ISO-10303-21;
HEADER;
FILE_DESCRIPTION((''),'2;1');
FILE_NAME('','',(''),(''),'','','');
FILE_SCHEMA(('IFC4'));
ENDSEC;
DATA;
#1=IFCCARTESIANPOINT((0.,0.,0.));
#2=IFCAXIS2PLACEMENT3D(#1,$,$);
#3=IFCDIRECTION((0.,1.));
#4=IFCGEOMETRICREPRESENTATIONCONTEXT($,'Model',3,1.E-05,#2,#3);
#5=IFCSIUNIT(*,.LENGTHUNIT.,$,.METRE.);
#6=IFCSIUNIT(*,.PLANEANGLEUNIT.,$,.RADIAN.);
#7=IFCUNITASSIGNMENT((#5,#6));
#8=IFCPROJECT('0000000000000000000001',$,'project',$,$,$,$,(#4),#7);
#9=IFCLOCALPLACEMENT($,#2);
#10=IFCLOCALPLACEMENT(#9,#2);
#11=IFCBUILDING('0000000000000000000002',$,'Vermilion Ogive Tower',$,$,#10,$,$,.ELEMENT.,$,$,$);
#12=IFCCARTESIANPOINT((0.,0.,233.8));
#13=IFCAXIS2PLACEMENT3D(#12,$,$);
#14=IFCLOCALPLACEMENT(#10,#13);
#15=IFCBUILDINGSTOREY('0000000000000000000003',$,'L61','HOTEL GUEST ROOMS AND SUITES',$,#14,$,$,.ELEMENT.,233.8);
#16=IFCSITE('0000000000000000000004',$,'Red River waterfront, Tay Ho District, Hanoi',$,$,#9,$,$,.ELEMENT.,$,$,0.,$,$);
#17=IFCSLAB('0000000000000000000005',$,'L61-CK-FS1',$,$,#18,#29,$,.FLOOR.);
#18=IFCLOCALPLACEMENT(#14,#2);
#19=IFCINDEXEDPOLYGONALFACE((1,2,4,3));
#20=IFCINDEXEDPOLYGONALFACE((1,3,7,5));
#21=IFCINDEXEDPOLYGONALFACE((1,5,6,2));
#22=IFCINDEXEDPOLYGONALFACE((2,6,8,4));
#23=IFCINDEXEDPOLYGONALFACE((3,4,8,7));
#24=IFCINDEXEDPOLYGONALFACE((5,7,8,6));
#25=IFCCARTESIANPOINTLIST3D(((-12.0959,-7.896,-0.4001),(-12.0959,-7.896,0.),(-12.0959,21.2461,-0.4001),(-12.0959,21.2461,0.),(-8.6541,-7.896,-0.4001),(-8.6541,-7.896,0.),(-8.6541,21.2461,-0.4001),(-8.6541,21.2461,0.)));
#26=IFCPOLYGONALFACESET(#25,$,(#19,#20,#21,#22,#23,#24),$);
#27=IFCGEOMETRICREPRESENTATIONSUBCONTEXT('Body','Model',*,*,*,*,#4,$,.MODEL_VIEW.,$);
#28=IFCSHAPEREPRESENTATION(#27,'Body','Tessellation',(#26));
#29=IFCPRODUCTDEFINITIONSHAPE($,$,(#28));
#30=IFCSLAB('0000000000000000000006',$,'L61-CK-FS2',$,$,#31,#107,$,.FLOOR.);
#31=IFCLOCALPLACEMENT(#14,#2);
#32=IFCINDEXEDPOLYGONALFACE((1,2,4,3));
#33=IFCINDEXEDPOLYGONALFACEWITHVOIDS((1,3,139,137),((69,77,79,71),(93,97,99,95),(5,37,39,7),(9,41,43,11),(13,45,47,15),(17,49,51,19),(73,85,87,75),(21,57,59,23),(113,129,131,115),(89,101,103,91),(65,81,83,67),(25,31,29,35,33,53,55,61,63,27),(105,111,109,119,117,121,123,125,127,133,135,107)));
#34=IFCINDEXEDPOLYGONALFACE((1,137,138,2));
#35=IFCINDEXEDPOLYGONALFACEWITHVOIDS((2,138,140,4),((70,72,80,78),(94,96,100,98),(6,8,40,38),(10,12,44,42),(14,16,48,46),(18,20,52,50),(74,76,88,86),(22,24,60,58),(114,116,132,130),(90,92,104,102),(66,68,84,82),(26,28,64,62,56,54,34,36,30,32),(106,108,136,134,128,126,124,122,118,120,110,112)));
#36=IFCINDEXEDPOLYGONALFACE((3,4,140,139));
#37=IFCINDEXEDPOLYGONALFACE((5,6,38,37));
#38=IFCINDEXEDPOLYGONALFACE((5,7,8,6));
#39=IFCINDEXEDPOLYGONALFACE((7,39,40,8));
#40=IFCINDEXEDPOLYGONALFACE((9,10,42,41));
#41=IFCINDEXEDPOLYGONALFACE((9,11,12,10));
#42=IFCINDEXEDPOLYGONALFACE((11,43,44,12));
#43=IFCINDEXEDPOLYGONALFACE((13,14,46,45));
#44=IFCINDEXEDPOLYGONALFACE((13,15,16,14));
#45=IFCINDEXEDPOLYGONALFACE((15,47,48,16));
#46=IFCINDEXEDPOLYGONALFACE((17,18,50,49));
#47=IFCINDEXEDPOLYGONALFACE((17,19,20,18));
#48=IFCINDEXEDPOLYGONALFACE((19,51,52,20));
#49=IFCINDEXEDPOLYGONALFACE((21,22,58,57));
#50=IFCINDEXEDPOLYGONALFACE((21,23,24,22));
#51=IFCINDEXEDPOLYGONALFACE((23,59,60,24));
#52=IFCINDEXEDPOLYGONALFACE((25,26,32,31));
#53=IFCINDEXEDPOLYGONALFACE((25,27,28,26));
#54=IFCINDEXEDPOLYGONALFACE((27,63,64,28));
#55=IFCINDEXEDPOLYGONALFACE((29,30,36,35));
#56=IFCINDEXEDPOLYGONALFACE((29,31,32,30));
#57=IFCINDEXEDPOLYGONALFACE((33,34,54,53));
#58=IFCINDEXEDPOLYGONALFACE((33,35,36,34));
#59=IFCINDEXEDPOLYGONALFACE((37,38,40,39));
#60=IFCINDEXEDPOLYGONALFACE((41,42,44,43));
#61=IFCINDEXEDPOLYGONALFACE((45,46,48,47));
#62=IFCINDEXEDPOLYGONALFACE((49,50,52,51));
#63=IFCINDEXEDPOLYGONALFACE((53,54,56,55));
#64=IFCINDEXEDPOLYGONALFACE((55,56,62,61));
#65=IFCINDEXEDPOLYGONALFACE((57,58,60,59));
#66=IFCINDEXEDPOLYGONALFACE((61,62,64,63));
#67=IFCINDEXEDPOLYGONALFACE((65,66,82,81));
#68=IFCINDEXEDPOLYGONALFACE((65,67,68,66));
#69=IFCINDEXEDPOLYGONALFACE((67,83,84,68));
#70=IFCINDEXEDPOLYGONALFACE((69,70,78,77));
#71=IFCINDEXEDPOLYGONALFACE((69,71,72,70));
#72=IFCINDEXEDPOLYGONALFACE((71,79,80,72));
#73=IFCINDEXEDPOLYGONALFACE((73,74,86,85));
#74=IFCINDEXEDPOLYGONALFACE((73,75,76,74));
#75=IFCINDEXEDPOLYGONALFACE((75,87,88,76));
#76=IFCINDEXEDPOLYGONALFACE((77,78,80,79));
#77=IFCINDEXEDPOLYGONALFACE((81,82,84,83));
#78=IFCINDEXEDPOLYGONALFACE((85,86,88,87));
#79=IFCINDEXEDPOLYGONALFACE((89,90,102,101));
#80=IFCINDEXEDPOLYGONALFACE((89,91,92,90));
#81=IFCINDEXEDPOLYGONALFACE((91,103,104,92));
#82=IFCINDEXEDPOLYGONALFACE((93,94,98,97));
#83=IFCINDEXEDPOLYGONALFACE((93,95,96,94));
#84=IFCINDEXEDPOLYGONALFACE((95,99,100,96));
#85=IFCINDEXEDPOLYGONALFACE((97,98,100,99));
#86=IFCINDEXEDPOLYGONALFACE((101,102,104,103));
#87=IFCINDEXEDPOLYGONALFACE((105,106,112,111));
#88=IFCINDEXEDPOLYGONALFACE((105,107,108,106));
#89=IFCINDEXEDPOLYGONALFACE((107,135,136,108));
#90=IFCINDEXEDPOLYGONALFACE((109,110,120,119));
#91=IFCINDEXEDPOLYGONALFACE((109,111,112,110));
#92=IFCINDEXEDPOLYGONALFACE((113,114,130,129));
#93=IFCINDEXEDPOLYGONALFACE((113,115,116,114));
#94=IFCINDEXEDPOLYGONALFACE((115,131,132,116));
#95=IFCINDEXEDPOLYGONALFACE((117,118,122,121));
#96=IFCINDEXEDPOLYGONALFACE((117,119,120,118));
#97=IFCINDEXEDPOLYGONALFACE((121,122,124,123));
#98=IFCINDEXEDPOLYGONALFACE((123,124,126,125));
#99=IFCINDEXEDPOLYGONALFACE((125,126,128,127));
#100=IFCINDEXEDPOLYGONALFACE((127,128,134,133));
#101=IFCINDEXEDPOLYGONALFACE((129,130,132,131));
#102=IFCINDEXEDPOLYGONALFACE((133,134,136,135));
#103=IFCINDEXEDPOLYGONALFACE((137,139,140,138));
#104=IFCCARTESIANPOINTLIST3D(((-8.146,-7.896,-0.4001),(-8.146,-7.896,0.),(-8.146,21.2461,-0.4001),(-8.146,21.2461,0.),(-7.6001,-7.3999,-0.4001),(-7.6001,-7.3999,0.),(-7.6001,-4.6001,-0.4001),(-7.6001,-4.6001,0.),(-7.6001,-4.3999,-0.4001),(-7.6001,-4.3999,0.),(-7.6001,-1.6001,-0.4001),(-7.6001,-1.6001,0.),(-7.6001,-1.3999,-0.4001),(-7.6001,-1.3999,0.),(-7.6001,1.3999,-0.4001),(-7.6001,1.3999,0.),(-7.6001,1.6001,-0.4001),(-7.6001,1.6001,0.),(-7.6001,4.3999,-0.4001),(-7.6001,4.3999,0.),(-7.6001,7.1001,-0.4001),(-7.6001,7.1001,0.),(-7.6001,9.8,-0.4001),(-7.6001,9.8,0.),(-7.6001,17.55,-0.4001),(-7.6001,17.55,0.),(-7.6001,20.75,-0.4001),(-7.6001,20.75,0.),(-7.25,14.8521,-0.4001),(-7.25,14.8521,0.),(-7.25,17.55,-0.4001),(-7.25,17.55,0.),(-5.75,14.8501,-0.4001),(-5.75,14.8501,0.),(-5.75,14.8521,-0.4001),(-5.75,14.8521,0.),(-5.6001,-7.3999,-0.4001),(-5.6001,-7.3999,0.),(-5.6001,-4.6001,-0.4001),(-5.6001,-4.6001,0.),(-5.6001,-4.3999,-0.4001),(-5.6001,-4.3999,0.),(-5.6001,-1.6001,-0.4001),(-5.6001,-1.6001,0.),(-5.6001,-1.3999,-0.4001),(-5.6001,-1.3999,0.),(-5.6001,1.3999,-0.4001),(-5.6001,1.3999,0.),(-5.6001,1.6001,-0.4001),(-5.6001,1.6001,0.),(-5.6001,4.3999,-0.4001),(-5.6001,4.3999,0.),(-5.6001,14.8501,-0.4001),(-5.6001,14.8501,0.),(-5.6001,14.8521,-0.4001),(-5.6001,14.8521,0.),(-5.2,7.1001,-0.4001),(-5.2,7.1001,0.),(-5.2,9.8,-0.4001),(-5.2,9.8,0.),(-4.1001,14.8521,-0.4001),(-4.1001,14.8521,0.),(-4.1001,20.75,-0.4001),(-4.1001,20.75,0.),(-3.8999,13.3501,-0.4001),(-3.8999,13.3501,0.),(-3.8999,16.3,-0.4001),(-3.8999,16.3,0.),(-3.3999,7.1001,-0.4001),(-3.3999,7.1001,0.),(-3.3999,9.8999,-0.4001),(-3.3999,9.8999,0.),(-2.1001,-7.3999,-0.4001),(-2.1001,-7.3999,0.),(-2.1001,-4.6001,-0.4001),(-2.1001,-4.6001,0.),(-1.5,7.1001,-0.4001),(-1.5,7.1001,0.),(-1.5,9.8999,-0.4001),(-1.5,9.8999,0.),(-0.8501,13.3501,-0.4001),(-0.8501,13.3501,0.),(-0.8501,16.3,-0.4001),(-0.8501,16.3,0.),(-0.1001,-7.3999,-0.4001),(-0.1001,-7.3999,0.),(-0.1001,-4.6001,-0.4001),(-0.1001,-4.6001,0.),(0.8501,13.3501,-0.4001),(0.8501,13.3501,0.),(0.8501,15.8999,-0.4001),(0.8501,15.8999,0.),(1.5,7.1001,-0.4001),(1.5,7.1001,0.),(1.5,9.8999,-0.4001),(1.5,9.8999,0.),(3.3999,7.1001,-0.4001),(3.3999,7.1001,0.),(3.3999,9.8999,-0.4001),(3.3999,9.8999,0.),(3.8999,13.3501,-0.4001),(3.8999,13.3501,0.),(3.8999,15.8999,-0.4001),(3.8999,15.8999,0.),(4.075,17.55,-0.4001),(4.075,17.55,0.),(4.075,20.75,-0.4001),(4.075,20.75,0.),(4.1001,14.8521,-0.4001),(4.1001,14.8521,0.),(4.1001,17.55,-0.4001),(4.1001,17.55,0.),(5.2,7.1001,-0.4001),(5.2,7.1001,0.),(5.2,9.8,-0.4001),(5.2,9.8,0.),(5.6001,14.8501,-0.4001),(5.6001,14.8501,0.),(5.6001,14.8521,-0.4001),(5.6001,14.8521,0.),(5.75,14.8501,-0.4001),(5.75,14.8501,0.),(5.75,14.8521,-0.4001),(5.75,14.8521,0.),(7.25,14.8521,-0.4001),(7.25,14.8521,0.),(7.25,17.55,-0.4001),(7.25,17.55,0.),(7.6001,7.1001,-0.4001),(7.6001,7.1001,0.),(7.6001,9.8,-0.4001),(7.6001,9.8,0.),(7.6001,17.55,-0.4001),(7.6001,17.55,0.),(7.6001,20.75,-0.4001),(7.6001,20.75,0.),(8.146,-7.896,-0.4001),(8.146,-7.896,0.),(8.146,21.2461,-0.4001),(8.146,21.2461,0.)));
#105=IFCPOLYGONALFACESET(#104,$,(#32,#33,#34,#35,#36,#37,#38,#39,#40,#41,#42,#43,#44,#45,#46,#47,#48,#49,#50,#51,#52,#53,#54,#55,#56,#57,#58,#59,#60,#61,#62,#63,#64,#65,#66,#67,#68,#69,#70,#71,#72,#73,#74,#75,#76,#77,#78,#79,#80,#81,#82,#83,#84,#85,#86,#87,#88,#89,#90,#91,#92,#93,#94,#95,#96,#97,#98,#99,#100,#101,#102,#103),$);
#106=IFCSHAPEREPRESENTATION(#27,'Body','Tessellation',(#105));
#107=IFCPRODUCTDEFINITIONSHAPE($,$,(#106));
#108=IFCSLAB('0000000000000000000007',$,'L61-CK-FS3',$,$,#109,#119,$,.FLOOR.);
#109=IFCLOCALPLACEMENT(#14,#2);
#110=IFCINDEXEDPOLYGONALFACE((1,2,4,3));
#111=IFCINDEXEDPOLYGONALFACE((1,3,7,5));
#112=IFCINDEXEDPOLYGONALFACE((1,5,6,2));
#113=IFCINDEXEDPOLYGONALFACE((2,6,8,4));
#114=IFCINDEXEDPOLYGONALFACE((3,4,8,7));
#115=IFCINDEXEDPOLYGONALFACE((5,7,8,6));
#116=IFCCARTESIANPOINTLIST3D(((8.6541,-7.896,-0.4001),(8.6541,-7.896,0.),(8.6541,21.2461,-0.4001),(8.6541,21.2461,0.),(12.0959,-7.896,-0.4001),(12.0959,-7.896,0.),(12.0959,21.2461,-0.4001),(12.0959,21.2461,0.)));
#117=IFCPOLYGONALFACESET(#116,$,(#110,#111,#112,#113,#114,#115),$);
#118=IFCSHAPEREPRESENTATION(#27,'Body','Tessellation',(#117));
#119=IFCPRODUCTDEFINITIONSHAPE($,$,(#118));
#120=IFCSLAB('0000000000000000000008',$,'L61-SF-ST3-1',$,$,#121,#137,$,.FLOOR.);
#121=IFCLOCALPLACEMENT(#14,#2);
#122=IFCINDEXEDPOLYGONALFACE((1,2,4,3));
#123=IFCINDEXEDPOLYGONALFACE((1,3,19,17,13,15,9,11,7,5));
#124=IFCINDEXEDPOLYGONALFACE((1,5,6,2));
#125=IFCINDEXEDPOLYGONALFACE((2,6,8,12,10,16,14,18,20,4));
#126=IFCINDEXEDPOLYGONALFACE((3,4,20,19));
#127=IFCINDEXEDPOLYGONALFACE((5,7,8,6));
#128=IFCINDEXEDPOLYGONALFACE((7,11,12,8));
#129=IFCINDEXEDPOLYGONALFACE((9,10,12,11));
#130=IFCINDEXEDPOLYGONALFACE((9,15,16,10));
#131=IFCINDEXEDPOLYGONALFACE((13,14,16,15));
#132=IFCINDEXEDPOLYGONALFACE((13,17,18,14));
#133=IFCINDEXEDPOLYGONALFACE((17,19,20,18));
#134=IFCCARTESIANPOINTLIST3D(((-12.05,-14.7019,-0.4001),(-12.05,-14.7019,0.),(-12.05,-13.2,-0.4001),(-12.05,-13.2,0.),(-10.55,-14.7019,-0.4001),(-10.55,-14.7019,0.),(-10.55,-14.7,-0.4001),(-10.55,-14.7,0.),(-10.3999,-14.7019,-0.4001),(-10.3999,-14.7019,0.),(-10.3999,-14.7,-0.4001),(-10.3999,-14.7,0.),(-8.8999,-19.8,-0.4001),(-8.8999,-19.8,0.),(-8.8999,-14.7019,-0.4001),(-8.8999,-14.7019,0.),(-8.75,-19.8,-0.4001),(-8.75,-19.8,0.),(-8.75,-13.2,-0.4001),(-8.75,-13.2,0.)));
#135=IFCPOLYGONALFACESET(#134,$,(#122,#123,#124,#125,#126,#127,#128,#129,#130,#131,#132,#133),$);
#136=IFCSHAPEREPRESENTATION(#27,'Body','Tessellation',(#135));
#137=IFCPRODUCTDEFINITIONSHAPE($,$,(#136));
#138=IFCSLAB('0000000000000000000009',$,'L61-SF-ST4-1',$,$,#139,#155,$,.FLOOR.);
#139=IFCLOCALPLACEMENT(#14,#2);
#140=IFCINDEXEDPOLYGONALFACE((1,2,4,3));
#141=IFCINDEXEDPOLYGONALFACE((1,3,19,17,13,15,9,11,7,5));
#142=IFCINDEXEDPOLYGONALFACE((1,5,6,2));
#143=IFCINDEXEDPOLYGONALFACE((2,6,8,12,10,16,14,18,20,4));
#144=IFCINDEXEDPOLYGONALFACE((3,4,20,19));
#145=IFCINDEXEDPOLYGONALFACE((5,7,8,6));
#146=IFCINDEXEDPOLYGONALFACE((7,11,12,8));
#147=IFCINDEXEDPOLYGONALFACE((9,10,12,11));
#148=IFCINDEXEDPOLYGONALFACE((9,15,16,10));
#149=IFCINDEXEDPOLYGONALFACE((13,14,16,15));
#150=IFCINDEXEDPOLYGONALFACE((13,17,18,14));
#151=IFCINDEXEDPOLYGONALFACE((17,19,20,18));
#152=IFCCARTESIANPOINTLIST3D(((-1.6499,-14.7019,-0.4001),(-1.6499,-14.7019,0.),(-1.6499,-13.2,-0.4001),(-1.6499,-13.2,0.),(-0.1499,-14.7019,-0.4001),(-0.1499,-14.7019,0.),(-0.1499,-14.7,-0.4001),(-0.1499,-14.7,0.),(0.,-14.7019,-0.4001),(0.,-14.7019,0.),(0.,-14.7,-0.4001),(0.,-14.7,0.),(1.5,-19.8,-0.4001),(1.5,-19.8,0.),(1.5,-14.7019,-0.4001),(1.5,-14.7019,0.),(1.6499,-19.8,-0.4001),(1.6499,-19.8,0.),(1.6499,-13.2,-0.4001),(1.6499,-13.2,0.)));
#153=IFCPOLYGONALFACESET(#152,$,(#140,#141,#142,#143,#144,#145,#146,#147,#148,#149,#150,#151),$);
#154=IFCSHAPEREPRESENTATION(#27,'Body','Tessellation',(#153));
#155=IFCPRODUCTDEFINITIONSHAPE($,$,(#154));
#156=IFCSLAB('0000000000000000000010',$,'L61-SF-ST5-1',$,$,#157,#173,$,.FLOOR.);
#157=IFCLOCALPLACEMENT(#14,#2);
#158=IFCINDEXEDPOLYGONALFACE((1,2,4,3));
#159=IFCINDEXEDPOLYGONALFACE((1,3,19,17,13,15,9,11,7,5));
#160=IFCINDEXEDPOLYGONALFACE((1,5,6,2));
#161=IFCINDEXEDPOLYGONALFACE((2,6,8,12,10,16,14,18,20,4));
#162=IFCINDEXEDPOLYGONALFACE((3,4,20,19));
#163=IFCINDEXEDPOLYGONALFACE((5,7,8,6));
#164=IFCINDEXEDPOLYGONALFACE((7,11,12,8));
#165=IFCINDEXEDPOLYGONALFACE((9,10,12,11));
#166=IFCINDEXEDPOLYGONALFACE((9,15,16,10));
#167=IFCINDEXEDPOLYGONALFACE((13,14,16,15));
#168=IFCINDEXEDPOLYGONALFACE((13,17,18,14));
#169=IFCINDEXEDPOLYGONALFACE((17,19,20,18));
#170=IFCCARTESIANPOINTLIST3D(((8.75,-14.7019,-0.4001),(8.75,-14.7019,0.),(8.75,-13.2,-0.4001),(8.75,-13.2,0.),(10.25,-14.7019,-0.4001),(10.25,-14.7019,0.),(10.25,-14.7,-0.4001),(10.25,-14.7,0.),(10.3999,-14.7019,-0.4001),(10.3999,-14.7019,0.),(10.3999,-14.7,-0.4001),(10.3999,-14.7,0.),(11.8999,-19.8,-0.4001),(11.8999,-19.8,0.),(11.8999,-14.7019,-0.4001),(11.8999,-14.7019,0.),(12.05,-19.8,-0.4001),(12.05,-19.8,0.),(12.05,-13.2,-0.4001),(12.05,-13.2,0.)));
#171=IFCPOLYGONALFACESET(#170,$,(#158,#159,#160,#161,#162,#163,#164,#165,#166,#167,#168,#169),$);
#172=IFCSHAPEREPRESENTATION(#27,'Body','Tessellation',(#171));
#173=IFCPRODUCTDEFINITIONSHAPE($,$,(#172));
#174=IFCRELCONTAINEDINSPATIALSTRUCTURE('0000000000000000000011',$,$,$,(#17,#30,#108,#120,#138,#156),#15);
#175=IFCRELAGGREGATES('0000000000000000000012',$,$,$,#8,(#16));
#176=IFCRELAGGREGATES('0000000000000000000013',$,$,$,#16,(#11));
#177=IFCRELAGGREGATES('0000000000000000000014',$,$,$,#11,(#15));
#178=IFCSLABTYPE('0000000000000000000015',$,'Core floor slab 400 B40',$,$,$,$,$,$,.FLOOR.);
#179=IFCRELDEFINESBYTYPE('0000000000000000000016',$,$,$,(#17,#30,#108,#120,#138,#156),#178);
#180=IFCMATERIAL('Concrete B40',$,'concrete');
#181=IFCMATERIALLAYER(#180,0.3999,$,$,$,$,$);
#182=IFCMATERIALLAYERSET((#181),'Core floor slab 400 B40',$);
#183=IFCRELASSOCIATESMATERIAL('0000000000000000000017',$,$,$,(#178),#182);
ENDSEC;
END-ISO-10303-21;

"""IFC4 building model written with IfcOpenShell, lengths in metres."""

from ifc_helpers import new_model, si_unit, direction, frame, origin, place, context, subcontext, project, spatial, polyline, outline, extrude, material, layer, layer_set, type_object, element, save


model = new_model("IFC4")

# Units and contexts
model_context = context("Model", 3, precision=1e-05, world=origin(), true_north=direction((0.0, 1.0)))
body_context = subcontext(model_context, "Body", "Model", "MODEL_VIEW")
ifc_project = project(units=[si_unit("LENGTHUNIT", "METRE"), si_unit("PLANEANGLEUNIT", "RADIAN")], contexts=[model_context])

# Site, building, storey
site_placement = place(None, origin())
site = spatial("IfcSite", under=ifc_project, at=site_placement, Name="Red River waterfront, Tay Ho District, Hanoi", CompositionType="ELEMENT", RefElevation=0.0)
building_placement = place(site_placement, origin())
building = spatial("IfcBuilding", under=site, at=building_placement, Name="Vermilion Ogive Tower", CompositionType="ELEMENT")
storey_placement = place(building_placement, frame((0.0, 0.0, 233.8)))
storey = spatial("IfcBuildingStorey", under=building, at=storey_placement, Name="L61", Description="HOTEL GUEST ROOMS AND SUITES", CompositionType="ELEMENT", Elevation=233.8)

# Slabs
ifc_material_1 = material(Name="Concrete B40", Category="concrete")
ifc_layer_1 = layer(ifc_material_1, 0.3999)
ifc_layer_set_1 = layer_set([ifc_layer_1], Name="Core floor slab 400 B40")
slab_type = type_object("IfcSlabType", Name="Core floor slab 400 B40", PredefinedType="FLOOR", material=ifc_layer_set_1)
slab_1_placement = place(storey_placement, frame((0.0, 0.0, -0.4001)))
element("IfcSlab", 1, at=slab_1_placement, inside=storey, type_object=slab_type, Name="L61-CK-FS1", PredefinedType="FLOOR", context=body_context, shape_type="SweptSolid", body=[
    extrude(outline(polyline([(-8.6541, 21.2461), (-8.6541, -7.896), (-12.0959, -7.896), (-12.0959, 21.2461), (-8.6541, 21.2461)])), origin(), (0.0, 0.0, 1.0), 0.4001),
])
slab_2_placement = place(storey_placement, frame((0.0, 0.0, -0.4001)))
element("IfcSlab", 2, at=slab_2_placement, inside=storey, type_object=slab_type, Name="L61-CK-FS2", PredefinedType="FLOOR", context=body_context, shape_type="SweptSolid", body=[
    extrude(outline(polyline([(-8.146, -7.896), (8.146, -7.896), (8.146, 21.2461), (-8.146, 21.2461), (-8.146, -7.896)]), holes=[polyline([(-7.6001, -7.3999), (-7.6001, -4.6001), (-5.6001, -4.6001), (-5.6001, -7.3999), (-7.6001, -7.3999)]), polyline([(-7.6001, -4.3999), (-7.6001, -1.6001), (-5.6001, -1.6001), (-5.6001, -4.3999), (-7.6001, -4.3999)]), polyline([(-7.6001, -1.3999), (-7.6001, 1.3999), (-5.6001, 1.3999), (-5.6001, -1.3999), (-7.6001, -1.3999)]), polyline([(-7.6001, 1.6001), (-7.6001, 4.3999), (-5.6001, 4.3999), (-5.6001, 1.6001), (-7.6001, 1.6001)]), polyline([(-7.6001, 7.1001), (-7.6001, 9.8), (-5.2, 9.8), (-5.2, 7.1001), (-7.6001, 7.1001)]), polyline([(-3.3999, 9.8999), (-1.5, 9.8999), (-1.5, 7.1001), (-3.3999, 7.1001), (-3.3999, 9.8999)]), polyline([(-7.6001, 17.55), (-7.6001, 20.75), (-4.1001, 20.75), (-4.1001, 14.8521), (-5.6001, 14.8521), (-5.6001, 14.8501), (-5.75, 14.8501), (-5.75, 14.8521), (-7.25, 14.8521), (-7.25, 17.55), (-7.6001, 17.55)]), polyline([(-2.1001, -7.3999), (-2.1001, -4.6001), (-0.1001, -4.6001), (-0.1001, -7.3999), (-2.1001, -7.3999)]), polyline([(5.2, 7.1001), (5.2, 9.8), (7.6001, 9.8), (7.6001, 7.1001), (5.2, 7.1001)]), polyline([(1.5, 7.1001), (1.5, 9.8999), (3.3999, 9.8999), (3.3999, 7.1001), (1.5, 7.1001)]), polyline([(0.8501, 13.3501), (0.8501, 15.8999), (3.8999, 15.8999), (3.8999, 13.3501), (0.8501, 13.3501)]), polyline([(-3.8999, 16.3), (-0.8501, 16.3), (-0.8501, 13.3501), (-3.8999, 13.3501), (-3.8999, 16.3)]), polyline([(5.75, 14.8501), (5.6001, 14.8501), (5.6001, 14.8521), (4.1001, 14.8521), (4.1001, 17.55), (4.075, 17.55), (4.075, 20.75), (7.6001, 20.75), (7.6001, 17.55), (7.25, 17.55), (7.25, 14.8521), (5.75, 14.8521), (5.75, 14.8501)])]), origin(), (0.0, 0.0, 1.0), 0.4001),
])
slab_3_placement = place(storey_placement, frame((0.0, 0.0, -0.4001)))
element("IfcSlab", 3, at=slab_3_placement, inside=storey, type_object=slab_type, Name="L61-CK-FS3", PredefinedType="FLOOR", context=body_context, shape_type="SweptSolid", body=[
    extrude(outline(polyline([(8.6541, 21.2461), (12.0959, 21.2461), (12.0959, -7.896), (8.6541, -7.896), (8.6541, 21.2461)])), origin(), (0.0, 0.0, 1.0), 0.4001),
])
slab_4_placement = place(storey_placement, frame((0.0, 0.0, -0.4001)))
element("IfcSlab", 4, at=slab_4_placement, inside=storey, type_object=slab_type, Name="L61-SF-ST3-1", PredefinedType="FLOOR", context=body_context, shape_type="SweptSolid", body=[
    extrude(outline(polyline([(-12.05, -13.2), (-12.05, -14.7019), (-10.55, -14.7019), (-10.55, -14.7), (-10.3999, -14.7), (-10.3999, -14.7019), (-8.8999, -14.7019), (-8.8999, -19.8), (-8.75, -19.8), (-8.75, -13.2), (-12.05, -13.2)])), origin(), (0.0, 0.0, 1.0), 0.4001),
])
slab_5_placement = place(storey_placement, frame((0.0, 0.0, -0.4001)))
element("IfcSlab", 5, at=slab_5_placement, inside=storey, type_object=slab_type, Name="L61-SF-ST4-1", PredefinedType="FLOOR", context=body_context, shape_type="SweptSolid", body=[
    extrude(outline(polyline([(-1.6499, -13.2), (-1.6499, -14.7019), (-0.1499, -14.7019), (-0.1499, -14.7), (0.0, -14.7), (0.0, -14.7019), (1.5, -14.7019), (1.5, -19.8), (1.6499, -19.8), (1.6499, -13.2), (-1.6499, -13.2)])), origin(), (0.0, 0.0, 1.0), 0.4001),
])
slab_6_placement = place(storey_placement, frame((0.0, 0.0, -0.4001)))
element("IfcSlab", 6, at=slab_6_placement, inside=storey, type_object=slab_type, Name="L61-SF-ST5-1", PredefinedType="FLOOR", context=body_context, shape_type="SweptSolid", body=[
    extrude(outline(polyline([(8.75, -13.2), (8.75, -14.7019), (10.25, -14.7019), (10.25, -14.7), (10.3999, -14.7), (10.3999, -14.7019), (11.8999, -14.7019), (11.8999, -19.8), (12.05, -19.8), (12.05, -13.2), (8.75, -13.2)])), origin(), (0.0, 0.0, 1.0), 0.4001),
])

save(model, "model.ifc")
